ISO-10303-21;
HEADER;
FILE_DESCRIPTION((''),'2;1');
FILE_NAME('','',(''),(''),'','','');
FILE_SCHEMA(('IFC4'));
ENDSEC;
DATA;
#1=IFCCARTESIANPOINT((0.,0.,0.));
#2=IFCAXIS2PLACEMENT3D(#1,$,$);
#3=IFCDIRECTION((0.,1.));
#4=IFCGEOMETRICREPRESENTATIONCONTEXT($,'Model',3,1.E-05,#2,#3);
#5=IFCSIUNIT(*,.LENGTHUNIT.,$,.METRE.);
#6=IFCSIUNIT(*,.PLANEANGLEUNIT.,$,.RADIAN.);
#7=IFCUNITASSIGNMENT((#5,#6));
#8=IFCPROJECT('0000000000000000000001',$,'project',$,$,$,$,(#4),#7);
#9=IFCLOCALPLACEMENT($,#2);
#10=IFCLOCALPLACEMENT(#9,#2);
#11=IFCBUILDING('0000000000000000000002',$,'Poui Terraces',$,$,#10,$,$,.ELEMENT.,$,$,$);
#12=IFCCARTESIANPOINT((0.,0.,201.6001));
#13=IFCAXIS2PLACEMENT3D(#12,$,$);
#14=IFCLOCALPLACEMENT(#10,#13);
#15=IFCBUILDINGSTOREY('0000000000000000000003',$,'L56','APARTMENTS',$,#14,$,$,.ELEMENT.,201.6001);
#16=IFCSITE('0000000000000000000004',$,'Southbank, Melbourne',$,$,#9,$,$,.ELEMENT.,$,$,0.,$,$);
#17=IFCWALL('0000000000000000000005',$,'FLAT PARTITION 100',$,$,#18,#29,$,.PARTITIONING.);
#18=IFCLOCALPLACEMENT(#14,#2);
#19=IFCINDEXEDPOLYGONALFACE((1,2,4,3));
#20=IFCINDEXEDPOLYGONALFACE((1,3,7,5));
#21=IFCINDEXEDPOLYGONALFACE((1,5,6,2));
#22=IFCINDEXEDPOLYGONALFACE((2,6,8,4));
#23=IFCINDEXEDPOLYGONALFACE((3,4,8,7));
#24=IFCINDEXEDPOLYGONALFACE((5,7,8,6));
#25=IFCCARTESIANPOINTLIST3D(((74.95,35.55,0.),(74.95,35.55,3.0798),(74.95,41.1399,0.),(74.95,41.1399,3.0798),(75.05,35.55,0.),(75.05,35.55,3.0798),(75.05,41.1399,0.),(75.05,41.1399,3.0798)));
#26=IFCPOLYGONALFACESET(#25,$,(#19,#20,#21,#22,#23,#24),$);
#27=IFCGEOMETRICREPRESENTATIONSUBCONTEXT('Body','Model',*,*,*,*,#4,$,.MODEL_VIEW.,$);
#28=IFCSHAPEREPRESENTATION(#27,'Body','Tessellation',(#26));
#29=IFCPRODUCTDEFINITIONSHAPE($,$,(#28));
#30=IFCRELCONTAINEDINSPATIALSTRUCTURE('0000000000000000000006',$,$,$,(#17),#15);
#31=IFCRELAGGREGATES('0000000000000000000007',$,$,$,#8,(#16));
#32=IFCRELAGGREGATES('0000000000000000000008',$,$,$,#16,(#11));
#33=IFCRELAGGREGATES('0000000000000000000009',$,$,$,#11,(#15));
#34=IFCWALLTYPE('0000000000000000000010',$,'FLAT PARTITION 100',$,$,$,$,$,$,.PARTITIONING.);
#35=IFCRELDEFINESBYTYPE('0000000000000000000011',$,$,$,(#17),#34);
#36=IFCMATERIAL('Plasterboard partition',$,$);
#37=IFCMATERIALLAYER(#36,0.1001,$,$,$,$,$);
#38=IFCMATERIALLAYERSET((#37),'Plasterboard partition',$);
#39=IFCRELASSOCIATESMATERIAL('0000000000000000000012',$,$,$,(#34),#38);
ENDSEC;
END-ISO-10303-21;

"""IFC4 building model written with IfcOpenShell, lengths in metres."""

from ifc_helpers import new_model, si_unit, direction, frame, frame_2d, origin, place, context, subcontext, project, spatial, rectangle, extrude, material, layer, layer_set, type_object, element, save


model = new_model("IFC4")

# Units and contexts
model_context = context("Model", 3, precision=1e-05, world=origin(), true_north=direction((0.0, 1.0)))
body_context = subcontext(model_context, "Body", "Model", "MODEL_VIEW")
ifc_project = project(units=[si_unit("LENGTHUNIT", "METRE"), si_unit("PLANEANGLEUNIT", "RADIAN")], contexts=[model_context])

# Site, building, storey
site_placement = place(None, origin())
site = spatial("IfcSite", under=ifc_project, at=site_placement, Name="Southbank, Melbourne", CompositionType="ELEMENT", RefElevation=0.0)
building_placement = place(site_placement, origin())
building = spatial("IfcBuilding", under=site, at=building_placement, Name="Poui Terraces", CompositionType="ELEMENT")
storey_placement = place(building_placement, frame((0.0, 0.0, 201.6001)))
storey = spatial("IfcBuildingStorey", under=building, at=storey_placement, Name="L56", Description="APARTMENTS", CompositionType="ELEMENT", Elevation=201.6001)

# Wall
ifc_material_1 = material(Name="Plasterboard partition")
ifc_layer_1 = layer(ifc_material_1, 0.1001)
ifc_layer_set_1 = layer_set([ifc_layer_1], Name="Plasterboard partition")
wall_type_1 = type_object("IfcWallType", Name="FLAT PARTITION 100", PredefinedType="PARTITIONING", material=ifc_layer_set_1)
wall_1_placement = place(storey_placement, frame((75.0, 35.55, 0.0), z_axis=(0.0, 0.0, 1.0), x_axis=(0.0, 1.0, 0.0)))
element("IfcWall", 1, at=wall_1_placement, inside=storey, type_object=wall_type_1, Name="FLAT PARTITION 100", PredefinedType="PARTITIONING", context=body_context, shape_type="SweptSolid", body=[
    extrude(rectangle(XDim=5.5898, YDim=0.1001, at=frame_2d((2.7949, 0.0))), origin(), (0.0, 0.0, 1.0), 3.0798),
])

save(model, "model.ifc")
